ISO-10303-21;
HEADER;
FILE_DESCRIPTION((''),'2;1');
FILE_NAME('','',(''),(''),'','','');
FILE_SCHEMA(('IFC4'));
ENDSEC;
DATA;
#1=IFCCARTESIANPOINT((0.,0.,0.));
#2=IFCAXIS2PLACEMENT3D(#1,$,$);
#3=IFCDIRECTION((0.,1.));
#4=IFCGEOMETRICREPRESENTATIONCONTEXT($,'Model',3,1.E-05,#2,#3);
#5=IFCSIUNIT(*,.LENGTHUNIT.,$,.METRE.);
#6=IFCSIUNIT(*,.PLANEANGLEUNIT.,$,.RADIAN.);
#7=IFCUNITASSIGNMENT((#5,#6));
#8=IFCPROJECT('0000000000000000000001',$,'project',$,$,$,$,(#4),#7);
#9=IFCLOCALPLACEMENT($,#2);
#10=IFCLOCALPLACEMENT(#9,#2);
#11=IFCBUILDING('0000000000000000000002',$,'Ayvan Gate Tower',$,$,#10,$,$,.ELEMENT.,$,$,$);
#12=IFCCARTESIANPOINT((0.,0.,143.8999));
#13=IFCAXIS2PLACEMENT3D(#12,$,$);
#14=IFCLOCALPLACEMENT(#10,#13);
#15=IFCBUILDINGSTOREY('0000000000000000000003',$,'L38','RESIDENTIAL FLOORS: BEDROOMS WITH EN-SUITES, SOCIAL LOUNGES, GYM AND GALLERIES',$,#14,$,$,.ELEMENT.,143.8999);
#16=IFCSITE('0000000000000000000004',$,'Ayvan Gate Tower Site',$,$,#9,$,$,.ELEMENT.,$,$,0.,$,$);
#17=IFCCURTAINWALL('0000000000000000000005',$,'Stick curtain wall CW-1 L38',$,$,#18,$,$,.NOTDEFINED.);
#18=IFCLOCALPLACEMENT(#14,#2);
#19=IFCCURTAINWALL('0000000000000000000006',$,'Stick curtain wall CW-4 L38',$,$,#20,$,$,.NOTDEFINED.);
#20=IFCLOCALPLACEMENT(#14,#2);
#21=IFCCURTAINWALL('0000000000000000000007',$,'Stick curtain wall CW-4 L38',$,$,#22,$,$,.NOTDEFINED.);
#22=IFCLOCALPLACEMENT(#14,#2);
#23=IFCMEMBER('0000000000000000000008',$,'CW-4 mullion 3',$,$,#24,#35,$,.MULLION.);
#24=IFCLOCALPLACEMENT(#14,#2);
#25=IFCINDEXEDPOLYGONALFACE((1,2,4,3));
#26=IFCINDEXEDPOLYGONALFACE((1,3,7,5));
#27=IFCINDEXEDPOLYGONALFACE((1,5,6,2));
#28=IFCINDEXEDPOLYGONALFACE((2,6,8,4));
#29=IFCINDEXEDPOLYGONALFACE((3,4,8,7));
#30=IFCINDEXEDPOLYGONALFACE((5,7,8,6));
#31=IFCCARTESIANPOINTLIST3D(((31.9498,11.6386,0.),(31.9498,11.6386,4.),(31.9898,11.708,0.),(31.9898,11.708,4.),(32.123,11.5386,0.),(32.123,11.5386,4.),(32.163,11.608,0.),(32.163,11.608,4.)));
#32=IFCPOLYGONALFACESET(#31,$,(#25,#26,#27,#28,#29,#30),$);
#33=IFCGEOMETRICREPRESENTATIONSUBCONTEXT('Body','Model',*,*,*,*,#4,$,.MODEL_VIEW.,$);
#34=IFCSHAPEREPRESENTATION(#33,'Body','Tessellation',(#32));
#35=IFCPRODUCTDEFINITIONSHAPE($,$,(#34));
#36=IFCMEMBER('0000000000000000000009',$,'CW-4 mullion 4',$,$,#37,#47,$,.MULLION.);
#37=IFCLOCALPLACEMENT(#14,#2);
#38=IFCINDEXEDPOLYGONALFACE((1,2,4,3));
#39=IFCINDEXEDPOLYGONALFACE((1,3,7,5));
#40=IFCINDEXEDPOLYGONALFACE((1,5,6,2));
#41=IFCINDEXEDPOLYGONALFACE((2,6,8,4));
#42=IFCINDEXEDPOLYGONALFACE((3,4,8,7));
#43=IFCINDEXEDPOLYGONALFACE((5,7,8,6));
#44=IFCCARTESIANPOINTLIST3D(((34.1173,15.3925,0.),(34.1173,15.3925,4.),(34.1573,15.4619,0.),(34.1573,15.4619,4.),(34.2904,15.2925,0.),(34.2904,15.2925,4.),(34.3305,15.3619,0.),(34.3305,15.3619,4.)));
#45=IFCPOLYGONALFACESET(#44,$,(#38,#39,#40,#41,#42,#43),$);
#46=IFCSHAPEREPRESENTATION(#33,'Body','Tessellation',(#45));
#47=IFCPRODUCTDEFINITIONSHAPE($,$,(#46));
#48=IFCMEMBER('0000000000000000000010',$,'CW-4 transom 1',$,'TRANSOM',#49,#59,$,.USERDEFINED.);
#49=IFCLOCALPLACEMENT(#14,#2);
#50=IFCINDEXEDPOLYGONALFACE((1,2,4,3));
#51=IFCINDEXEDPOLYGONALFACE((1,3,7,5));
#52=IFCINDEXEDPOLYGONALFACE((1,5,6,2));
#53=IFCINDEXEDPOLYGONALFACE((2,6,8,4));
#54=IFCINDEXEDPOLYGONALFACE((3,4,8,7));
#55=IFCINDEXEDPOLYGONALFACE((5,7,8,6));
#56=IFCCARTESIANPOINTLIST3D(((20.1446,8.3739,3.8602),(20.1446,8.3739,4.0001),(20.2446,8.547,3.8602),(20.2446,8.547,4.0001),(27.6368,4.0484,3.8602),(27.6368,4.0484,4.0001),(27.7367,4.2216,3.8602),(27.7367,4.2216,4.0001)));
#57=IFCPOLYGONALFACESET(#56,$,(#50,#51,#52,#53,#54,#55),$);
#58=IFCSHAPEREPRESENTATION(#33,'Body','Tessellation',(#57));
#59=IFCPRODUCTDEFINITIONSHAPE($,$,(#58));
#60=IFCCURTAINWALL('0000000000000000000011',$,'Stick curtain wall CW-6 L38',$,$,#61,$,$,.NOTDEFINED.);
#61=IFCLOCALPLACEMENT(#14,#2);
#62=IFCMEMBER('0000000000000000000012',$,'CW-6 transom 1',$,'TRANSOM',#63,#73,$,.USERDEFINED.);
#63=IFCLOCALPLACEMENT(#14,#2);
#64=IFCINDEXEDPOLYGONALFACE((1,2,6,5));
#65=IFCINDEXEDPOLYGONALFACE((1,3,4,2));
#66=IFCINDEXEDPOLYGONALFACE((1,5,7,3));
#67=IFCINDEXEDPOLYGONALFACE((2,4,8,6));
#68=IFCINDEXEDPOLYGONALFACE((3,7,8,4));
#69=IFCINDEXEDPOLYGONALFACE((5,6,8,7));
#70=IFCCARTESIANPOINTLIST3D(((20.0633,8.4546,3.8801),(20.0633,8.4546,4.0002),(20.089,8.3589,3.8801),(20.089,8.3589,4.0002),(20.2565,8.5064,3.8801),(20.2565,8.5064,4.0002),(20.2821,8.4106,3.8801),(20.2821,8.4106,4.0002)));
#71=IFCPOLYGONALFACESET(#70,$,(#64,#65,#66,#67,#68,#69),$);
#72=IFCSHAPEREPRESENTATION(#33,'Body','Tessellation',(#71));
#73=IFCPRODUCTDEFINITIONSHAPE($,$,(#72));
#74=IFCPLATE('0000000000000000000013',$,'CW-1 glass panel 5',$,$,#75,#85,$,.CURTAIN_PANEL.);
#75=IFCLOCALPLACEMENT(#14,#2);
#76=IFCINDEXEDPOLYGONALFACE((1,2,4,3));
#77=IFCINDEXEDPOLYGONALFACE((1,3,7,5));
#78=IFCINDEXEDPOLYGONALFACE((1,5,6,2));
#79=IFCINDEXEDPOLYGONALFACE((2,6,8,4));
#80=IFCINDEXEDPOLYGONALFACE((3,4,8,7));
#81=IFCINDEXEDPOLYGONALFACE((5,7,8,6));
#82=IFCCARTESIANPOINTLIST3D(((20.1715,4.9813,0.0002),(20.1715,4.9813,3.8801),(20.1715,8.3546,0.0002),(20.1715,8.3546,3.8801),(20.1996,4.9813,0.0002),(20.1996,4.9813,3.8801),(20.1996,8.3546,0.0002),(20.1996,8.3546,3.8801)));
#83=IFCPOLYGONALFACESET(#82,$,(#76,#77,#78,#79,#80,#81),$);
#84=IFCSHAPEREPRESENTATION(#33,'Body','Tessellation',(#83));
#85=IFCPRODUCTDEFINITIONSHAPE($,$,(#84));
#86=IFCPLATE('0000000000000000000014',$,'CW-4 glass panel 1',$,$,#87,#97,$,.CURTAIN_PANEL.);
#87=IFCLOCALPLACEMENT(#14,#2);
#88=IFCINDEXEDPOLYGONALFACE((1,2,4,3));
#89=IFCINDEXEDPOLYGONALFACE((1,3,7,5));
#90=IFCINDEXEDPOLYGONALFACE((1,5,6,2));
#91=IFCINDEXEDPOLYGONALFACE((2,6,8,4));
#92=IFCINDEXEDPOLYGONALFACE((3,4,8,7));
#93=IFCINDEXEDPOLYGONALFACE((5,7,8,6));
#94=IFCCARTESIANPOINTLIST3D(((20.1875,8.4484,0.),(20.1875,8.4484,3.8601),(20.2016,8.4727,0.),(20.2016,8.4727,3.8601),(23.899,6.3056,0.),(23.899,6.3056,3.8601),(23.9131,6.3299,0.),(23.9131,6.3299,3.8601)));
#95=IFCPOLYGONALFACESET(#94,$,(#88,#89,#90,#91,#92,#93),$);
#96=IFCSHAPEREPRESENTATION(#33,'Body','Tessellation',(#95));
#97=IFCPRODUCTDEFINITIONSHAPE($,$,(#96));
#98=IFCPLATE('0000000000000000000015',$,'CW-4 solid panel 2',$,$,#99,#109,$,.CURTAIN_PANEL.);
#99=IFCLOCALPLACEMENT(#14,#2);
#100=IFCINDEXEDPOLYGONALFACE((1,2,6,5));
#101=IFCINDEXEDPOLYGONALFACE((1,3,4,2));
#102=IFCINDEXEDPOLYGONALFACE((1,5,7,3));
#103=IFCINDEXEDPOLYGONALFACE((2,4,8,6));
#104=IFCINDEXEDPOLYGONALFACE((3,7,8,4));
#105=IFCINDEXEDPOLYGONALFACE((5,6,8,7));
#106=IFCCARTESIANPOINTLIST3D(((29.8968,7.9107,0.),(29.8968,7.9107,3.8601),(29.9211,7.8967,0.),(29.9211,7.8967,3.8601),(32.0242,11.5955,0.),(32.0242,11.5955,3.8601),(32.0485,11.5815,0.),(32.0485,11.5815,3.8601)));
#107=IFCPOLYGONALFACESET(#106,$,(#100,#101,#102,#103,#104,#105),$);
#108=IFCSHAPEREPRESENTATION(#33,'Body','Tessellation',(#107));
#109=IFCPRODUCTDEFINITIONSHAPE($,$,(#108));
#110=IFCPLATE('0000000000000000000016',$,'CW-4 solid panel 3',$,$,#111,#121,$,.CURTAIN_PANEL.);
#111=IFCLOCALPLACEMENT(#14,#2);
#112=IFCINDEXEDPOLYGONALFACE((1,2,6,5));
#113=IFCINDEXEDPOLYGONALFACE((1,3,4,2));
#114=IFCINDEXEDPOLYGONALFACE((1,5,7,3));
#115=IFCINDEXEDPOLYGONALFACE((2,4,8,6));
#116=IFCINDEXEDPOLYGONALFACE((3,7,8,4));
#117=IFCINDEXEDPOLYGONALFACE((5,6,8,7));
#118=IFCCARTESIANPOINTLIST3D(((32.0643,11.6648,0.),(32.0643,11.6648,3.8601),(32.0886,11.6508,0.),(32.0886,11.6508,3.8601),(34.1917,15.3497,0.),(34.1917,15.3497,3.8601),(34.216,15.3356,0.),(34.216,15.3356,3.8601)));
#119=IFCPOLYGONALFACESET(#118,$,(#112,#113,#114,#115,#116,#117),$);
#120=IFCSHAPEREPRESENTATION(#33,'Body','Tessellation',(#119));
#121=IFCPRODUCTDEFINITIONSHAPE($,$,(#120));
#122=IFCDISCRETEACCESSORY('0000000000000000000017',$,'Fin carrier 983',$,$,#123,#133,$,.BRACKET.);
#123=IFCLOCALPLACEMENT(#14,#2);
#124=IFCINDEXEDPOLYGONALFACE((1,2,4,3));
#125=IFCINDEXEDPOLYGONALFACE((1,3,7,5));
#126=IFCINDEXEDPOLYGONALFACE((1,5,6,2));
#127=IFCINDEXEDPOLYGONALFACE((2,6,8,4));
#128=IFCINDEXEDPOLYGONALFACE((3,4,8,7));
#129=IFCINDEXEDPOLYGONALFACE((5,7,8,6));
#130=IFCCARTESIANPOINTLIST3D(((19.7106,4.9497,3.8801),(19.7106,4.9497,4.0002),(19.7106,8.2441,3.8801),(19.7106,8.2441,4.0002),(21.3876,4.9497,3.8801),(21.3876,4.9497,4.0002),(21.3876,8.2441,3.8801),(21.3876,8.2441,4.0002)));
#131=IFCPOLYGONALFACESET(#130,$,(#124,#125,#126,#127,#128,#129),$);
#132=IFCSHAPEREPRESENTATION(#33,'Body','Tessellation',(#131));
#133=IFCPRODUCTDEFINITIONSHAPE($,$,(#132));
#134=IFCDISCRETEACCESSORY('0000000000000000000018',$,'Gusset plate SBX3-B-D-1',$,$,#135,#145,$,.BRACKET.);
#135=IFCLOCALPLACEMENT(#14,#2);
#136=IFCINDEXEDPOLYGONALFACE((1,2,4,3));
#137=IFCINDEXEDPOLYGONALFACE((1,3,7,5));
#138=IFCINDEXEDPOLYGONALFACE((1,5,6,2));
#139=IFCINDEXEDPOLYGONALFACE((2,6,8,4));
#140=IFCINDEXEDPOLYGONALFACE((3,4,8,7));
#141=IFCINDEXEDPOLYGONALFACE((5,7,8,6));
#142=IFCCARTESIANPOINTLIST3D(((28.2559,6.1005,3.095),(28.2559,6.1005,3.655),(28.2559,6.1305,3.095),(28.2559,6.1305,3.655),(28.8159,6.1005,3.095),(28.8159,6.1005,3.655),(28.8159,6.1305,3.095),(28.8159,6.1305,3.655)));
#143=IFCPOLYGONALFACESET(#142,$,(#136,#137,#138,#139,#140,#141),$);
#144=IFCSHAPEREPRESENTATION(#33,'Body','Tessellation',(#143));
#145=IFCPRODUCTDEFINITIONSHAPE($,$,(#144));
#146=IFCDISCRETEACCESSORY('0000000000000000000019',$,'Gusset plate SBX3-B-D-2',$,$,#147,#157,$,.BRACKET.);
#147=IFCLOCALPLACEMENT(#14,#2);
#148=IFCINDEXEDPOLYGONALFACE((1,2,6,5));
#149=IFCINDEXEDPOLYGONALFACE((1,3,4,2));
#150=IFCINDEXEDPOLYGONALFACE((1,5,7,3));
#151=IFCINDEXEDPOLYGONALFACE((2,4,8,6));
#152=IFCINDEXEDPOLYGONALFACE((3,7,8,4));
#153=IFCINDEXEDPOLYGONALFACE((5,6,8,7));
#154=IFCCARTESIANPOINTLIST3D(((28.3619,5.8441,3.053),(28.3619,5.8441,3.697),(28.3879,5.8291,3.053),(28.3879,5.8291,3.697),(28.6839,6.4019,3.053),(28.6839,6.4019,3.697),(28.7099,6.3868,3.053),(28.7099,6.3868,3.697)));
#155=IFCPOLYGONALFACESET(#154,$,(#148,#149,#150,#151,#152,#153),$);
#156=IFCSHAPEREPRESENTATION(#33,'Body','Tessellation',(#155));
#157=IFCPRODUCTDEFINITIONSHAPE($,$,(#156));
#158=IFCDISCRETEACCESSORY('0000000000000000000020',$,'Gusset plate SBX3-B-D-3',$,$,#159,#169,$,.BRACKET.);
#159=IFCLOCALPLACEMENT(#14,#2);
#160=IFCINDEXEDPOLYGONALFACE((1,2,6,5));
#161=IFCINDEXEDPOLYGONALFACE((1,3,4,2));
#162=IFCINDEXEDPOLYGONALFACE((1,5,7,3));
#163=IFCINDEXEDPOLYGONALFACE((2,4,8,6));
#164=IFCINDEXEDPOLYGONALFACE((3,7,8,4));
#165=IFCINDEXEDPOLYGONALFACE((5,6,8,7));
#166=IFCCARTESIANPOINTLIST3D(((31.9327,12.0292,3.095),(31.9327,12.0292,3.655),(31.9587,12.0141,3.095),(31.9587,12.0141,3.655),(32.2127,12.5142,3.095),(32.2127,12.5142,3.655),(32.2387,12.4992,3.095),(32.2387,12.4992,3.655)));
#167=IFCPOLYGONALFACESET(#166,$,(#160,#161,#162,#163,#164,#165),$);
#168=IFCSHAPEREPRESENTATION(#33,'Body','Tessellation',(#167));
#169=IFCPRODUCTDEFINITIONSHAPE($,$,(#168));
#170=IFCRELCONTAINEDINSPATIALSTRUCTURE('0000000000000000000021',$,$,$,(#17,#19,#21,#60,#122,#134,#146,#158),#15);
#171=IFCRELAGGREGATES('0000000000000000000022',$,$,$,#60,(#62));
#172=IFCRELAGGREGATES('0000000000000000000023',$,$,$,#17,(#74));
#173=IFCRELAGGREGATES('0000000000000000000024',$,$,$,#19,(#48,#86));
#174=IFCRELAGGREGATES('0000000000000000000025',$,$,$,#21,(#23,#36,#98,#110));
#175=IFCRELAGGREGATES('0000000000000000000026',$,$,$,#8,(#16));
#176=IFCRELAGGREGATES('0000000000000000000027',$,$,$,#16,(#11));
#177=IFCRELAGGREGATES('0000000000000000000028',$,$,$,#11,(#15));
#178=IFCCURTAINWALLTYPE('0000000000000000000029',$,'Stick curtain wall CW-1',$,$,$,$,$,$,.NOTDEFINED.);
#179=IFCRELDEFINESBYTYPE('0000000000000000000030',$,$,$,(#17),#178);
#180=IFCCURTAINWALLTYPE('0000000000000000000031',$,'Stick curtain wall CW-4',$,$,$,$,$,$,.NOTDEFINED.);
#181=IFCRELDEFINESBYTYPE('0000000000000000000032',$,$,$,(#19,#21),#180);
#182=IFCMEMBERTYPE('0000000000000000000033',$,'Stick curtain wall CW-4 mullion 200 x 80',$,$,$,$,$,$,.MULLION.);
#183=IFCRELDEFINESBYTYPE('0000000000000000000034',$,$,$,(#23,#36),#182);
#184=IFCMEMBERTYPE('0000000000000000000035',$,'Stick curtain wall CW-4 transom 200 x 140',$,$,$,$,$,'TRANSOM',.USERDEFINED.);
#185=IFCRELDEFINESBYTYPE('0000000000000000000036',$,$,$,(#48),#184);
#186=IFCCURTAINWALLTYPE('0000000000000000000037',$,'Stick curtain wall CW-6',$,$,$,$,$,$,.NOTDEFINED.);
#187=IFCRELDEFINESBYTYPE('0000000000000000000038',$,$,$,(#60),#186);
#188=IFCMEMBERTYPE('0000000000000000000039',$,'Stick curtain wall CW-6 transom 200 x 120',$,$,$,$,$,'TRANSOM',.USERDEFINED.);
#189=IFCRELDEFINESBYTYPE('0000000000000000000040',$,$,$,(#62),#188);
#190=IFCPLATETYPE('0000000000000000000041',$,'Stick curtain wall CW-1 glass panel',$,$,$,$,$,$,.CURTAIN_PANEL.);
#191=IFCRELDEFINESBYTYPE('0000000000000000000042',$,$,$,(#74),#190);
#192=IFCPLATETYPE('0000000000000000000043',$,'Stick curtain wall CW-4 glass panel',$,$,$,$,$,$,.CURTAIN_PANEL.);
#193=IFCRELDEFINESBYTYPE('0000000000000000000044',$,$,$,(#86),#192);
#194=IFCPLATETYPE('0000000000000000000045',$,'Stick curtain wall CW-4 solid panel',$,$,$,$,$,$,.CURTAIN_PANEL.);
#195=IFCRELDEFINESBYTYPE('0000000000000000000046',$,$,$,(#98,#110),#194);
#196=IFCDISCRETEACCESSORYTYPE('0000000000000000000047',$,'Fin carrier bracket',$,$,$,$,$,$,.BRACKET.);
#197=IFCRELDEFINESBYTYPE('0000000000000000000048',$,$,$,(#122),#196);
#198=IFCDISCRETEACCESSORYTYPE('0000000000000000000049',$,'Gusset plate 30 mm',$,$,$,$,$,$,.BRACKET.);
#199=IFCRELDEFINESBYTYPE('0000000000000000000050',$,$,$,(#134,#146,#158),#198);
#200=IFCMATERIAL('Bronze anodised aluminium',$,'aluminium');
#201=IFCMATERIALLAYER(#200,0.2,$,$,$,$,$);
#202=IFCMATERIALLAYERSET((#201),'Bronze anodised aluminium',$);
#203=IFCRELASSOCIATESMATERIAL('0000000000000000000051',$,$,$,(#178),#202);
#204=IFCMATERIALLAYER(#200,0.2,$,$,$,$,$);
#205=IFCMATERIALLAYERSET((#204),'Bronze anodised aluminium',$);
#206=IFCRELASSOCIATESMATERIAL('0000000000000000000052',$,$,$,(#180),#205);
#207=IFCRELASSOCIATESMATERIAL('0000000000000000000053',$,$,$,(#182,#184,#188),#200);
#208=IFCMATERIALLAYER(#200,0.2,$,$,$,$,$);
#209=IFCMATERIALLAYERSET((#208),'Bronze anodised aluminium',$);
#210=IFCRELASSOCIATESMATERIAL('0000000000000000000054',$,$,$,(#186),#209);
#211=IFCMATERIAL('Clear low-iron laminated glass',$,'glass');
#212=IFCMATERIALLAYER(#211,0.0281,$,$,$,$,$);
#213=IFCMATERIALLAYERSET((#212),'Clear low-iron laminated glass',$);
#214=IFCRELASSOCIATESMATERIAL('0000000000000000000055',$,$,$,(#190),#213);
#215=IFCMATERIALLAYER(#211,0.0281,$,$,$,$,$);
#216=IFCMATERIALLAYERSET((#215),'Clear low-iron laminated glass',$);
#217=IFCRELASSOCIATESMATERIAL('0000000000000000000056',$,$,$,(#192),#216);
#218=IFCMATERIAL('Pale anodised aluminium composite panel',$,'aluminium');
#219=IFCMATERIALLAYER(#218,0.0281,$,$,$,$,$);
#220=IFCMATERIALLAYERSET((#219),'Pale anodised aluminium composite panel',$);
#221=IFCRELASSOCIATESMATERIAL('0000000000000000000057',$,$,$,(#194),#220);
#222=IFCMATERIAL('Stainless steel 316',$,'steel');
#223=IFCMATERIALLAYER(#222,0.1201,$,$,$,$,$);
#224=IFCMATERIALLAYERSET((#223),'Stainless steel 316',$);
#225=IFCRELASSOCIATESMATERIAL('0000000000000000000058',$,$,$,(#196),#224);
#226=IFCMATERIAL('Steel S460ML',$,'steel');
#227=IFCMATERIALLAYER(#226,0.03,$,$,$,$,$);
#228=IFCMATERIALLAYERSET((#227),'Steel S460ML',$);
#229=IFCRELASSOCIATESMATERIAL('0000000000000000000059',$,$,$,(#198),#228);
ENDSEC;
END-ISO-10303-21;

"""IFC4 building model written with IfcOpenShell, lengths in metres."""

from ifc_helpers import new_model, si_unit, direction, frame, origin, origin_2d, place, context, subcontext, project, spatial, rectangle, extrude, material, layer, layer_set, material_profile, profile_set, type_object, element, aggregate, save


model = new_model("IFC4")

# Units and contexts
model_context = context("Model", 3, precision=1e-05, world=origin(), true_north=direction((0.0, 1.0)))
body_context = subcontext(model_context, "Body", "Model", "MODEL_VIEW")
ifc_project = project(units=[si_unit("LENGTHUNIT", "METRE"), si_unit("PLANEANGLEUNIT", "RADIAN")], contexts=[model_context])

# Site, building, storey
site_placement = place(None, origin())
site = spatial("IfcSite", under=ifc_project, at=site_placement, Name="Ayvan Gate Tower Site", CompositionType="ELEMENT", RefElevation=0.0)
building_placement = place(site_placement, origin())
building = spatial("IfcBuilding", under=site, at=building_placement, Name="Ayvan Gate Tower", CompositionType="ELEMENT")
storey_placement = place(building_placement, frame((0.0, 0.0, 143.8999)))
storey = spatial("IfcBuildingStorey", under=building, at=storey_placement, Name="L38", Description="RESIDENTIAL FLOORS: BEDROOMS WITH EN-SUITES, SOCIAL LOUNGES, GYM AND GALLERIES", CompositionType="ELEMENT", Elevation=143.8999)

# Shared definitions
ifc_material_1 = material(Name="Steel S460ML", Category="steel")

# Curtain wall
ifc_material_2 = material(Name="Bronze anodised aluminium", Category="aluminium")
ifc_layer_1 = layer(ifc_material_2, 0.2)
ifc_layer_set_1 = layer_set([ifc_layer_1], Name="Bronze anodised aluminium")
curtain_wall_type_1 = type_object("IfcCurtainWallType", Name="Stick curtain wall CW-1", PredefinedType="NOTDEFINED", material=ifc_layer_set_1)
curtain_wall_1_placement = place(storey_placement, origin())
curtain_wall_1 = element("IfcCurtainWall", 1, at=curtain_wall_1_placement, inside=storey, type_object=curtain_wall_type_1, Name="Stick curtain wall CW-1 L38", PredefinedType="NOTDEFINED")

# Curtain walls, members
ifc_layer_2 = layer(ifc_material_2, 0.2)
ifc_layer_set_2 = layer_set([ifc_layer_2], Name="Bronze anodised aluminium")
curtain_wall_type_2 = type_object("IfcCurtainWallType", Name="Stick curtain wall CW-4", PredefinedType="NOTDEFINED", material=ifc_layer_set_2)
curtain_wall_2_placement = place(storey_placement, origin())
curtain_wall_2 = element("IfcCurtainWall", 2, at=curtain_wall_2_placement, inside=storey, type_object=curtain_wall_type_2, Name="Stick curtain wall CW-4 L38", PredefinedType="NOTDEFINED")
ifc_material_profile_1 = material_profile(ifc_material_2, rectangle(XDim=0.2, YDim=0.0801, at=origin_2d()), Name="Stick curtain wall CW-4 mullion 200 x 80")
ifc_profile_set_1 = profile_set([ifc_material_profile_1], Name="Bronze anodised aluminium")
member_type_1 = type_object("IfcMemberType", Name="Stick curtain wall CW-4 mullion 200 x 80", PredefinedType="MULLION", material=ifc_profile_set_1)
curtain_wall_3_placement = place(storey_placement, origin())
curtain_wall_3 = element("IfcCurtainWall", 3, at=curtain_wall_3_placement, inside=storey, type_object=curtain_wall_type_2, Name="Stick curtain wall CW-4 L38", PredefinedType="NOTDEFINED")
member_1_placement = place(storey_placement, frame((32.0564, 11.6233, 0.0), z_axis=(0.0, 0.0, 1.0), x_axis=(0.866025, -0.5, 0.0)))
member_1 = element("IfcMember", 4, at=member_1_placement, type_object=member_type_1, Name="CW-4 mullion 3", PredefinedType="MULLION", context=body_context, shape_type="SweptSolid", body=[
    extrude(rectangle(XDim=0.2, YDim=0.0801, at=origin_2d()), origin(), (0.0, 0.0, 1.0), 4.0),
])
member_2_placement = place(storey_placement, frame((34.2239, 15.3772, 0.0), z_axis=(0.0, 0.0, 1.0), x_axis=(0.866025, -0.5, 0.0)))
member_2 = element("IfcMember", 5, at=member_2_placement, type_object=member_type_1, Name="CW-4 mullion 4", PredefinedType="MULLION", context=body_context, shape_type="SweptSolid", body=[
    extrude(rectangle(XDim=0.2, YDim=0.0801, at=origin_2d()), origin(), (0.0, 0.0, 1.0), 4.0),
])

# Member
ifc_material_profile_2 = material_profile(ifc_material_2, rectangle(XDim=0.2, YDim=0.1399, at=origin_2d()), Name="Stick curtain wall CW-4 transom 200 x 140")
ifc_profile_set_2 = profile_set([ifc_material_profile_2], Name="Bronze anodised aluminium")
member_type_2 = type_object("IfcMemberType", Name="Stick curtain wall CW-4 transom 200 x 140", ElementType="TRANSOM", PredefinedType="USERDEFINED", material=ifc_profile_set_2)
member_3_placement = place(storey_placement, frame((20.1946, 8.4604, 3.9302), z_axis=(0.866034, -0.499985, 0.0), x_axis=(0.499985, 0.866034, 0.0)))
member_3 = element("IfcMember", 6, at=member_3_placement, type_object=member_type_2, Name="CW-4 transom 1", ObjectType="TRANSOM", PredefinedType="USERDEFINED", context=body_context, shape_type="SweptSolid", body=[
    extrude(rectangle(XDim=0.2, YDim=0.1399, at=origin_2d()), origin(), (0.0, 0.0, 1.0), 8.6511),
])

# Curtain wall, member
ifc_layer_3 = layer(ifc_material_2, 0.2)
ifc_layer_set_3 = layer_set([ifc_layer_3], Name="Bronze anodised aluminium")
curtain_wall_type_3 = type_object("IfcCurtainWallType", Name="Stick curtain wall CW-6", PredefinedType="NOTDEFINED", material=ifc_layer_set_3)
curtain_wall_4_placement = place(storey_placement, origin())
curtain_wall_4 = element("IfcCurtainWall", 7, at=curtain_wall_4_placement, inside=storey, type_object=curtain_wall_type_3, Name="Stick curtain wall CW-6 L38", PredefinedType="NOTDEFINED")
ifc_material_profile_3 = material_profile(ifc_material_2, rectangle(XDim=0.2, YDim=0.1201, at=origin_2d()), Name="Stick curtain wall CW-6 transom 200 x 120")
ifc_profile_set_3 = profile_set([ifc_material_profile_3], Name="Bronze anodised aluminium")
member_type_3 = type_object("IfcMemberType", Name="Stick curtain wall CW-6 transom 200 x 120", ElementType="TRANSOM", PredefinedType="USERDEFINED", material=ifc_profile_set_3)
member_4_placement = place(storey_placement, frame((20.1855, 8.3848, 3.9402), z_axis=(-0.258736, 0.965948, 0.0), x_axis=(-0.965948, -0.258736, 0.0)))
member_4 = element("IfcMember", 8, at=member_4_placement, type_object=member_type_3, Name="CW-6 transom 1", ObjectType="TRANSOM", PredefinedType="USERDEFINED", context=body_context, shape_type="SweptSolid", body=[
    extrude(rectangle(XDim=0.2, YDim=0.1201, at=origin_2d()), origin(), (0.0, 0.0, 1.0), 0.0991),
])
aggregate(curtain_wall_4, [member_4])

# Plates
ifc_material_3 = material(Name="Clear low-iron laminated glass", Category="glass")
ifc_layer_4 = layer(ifc_material_3, 0.0281)
ifc_layer_set_4 = layer_set([ifc_layer_4], Name="Clear low-iron laminated glass")
plate_type_1 = type_object("IfcPlateType", Name="Stick curtain wall CW-1 glass panel", PredefinedType="CURTAIN_PANEL", material=ifc_layer_set_4)
plate_1_placement = place(storey_placement, frame((20.1855, 6.668, 0.0002), z_axis=(0.0, 0.0, 1.0), x_axis=(0.0, 1.0, 0.0)))
plate_1 = element("IfcPlate", 9, at=plate_1_placement, type_object=plate_type_1, Name="CW-1 glass panel 5", PredefinedType="CURTAIN_PANEL", context=body_context, shape_type="SweptSolid", body=[
    extrude(rectangle(XDim=3.3733, YDim=0.0281, at=origin_2d()), origin(), (0.0, 0.0, 1.0), 3.8799),
])
aggregate(curtain_wall_1, [plate_1])
ifc_layer_5 = layer(ifc_material_3, 0.0281)
ifc_layer_set_5 = layer_set([ifc_layer_5], Name="Clear low-iron laminated glass")
plate_type_2 = type_object("IfcPlateType", Name="Stick curtain wall CW-4 glass panel", PredefinedType="CURTAIN_PANEL", material=ifc_layer_set_5)
plate_2_placement = place(storey_placement, frame((22.0503, 7.3892, 0.0), z_axis=(0.0, 0.0, 1.0), x_axis=(0.866025, -0.5, 0.0)))
plate_2 = element("IfcPlate", 10, at=plate_2_placement, type_object=plate_type_2, Name="CW-4 glass panel 1", PredefinedType="CURTAIN_PANEL", context=body_context, shape_type="SweptSolid", body=[
    extrude(rectangle(XDim=4.2856, YDim=0.0281, at=origin_2d()), origin(), (0.0, 0.0, 1.0), 3.8601),
])
aggregate(curtain_wall_2, [member_3, plate_2])
ifc_material_4 = material(Name="Pale anodised aluminium composite panel", Category="aluminium")
ifc_layer_6 = layer(ifc_material_4, 0.0281)
ifc_layer_set_6 = layer_set([ifc_layer_6], Name="Pale anodised aluminium composite panel")
plate_type_3 = type_object("IfcPlateType", Name="Stick curtain wall CW-4 solid panel", PredefinedType="CURTAIN_PANEL", material=ifc_layer_set_6)
plate_3_placement = place(storey_placement, frame((30.9727, 9.7461, 0.0), z_axis=(0.0, 0.0, 1.0), x_axis=(0.5, 0.866025, 0.0)))
plate_3 = element("IfcPlate", 11, at=plate_3_placement, type_object=plate_type_3, Name="CW-4 solid panel 2", PredefinedType="CURTAIN_PANEL", context=body_context, shape_type="SweptSolid", body=[
    extrude(rectangle(XDim=4.2549, YDim=0.0281, at=origin_2d()), origin(), (0.0, 0.0, 1.0), 3.8601),
])
plate_4_placement = place(storey_placement, frame((33.1401, 13.5002, 0.0), z_axis=(0.0, 0.0, 1.0), x_axis=(0.5, 0.866025, 0.0)))
plate_4 = element("IfcPlate", 12, at=plate_4_placement, type_object=plate_type_3, Name="CW-4 solid panel 3", PredefinedType="CURTAIN_PANEL", context=body_context, shape_type="SweptSolid", body=[
    extrude(rectangle(XDim=4.2549, YDim=0.0281, at=origin_2d()), origin(), (0.0, 0.0, 1.0), 3.8601),
])
aggregate(curtain_wall_3, [member_1, member_2, plate_3, plate_4])

# Discrete accessories
ifc_material_5 = material(Name="Stainless steel 316", Category="steel")
ifc_layer_7 = layer(ifc_material_5, 0.1201)
ifc_layer_set_7 = layer_set([ifc_layer_7], Name="Stainless steel 316")
discrete_accessory_type_1 = type_object("IfcDiscreteAccessoryType", Name="Fin carrier bracket", PredefinedType="BRACKET", material=ifc_layer_set_7)
discrete_accessory_1_placement = place(storey_placement, frame((20.5491, 6.5969, 3.8801), z_axis=(0.0, 0.0, 1.0), x_axis=(0.0, 1.0, 0.0)))
element("IfcDiscreteAccessory", 13, at=discrete_accessory_1_placement, inside=storey, type_object=discrete_accessory_type_1, Name="Fin carrier 983", PredefinedType="BRACKET", context=body_context, shape_type="SweptSolid", body=[
    extrude(rectangle(XDim=3.2944, YDim=1.677, at=origin_2d()), origin(), (0.0, 0.0, 1.0), 0.1201),
])
ifc_layer_8 = layer(ifc_material_1, 0.03)
ifc_layer_set_8 = layer_set([ifc_layer_8], Name="Steel S460ML")
discrete_accessory_type_2 = type_object("IfcDiscreteAccessoryType", Name="Gusset plate 30 mm", PredefinedType="BRACKET", material=ifc_layer_set_8)
discrete_accessory_2_placement = place(storey_placement, frame((28.5359, 6.1155, 3.095), z_axis=(0.0, 0.0, 1.0), x_axis=(1.0, 0.0, 0.0)))
element("IfcDiscreteAccessory", 14, at=discrete_accessory_2_placement, inside=storey, type_object=discrete_accessory_type_2, Name="Gusset plate SBX3-B-D-1", PredefinedType="BRACKET", context=body_context, shape_type="SweptSolid", body=[
    extrude(rectangle(XDim=0.5601, YDim=0.03, at=origin_2d()), origin(), (0.0, 0.0, 1.0), 0.5601),
])
discrete_accessory_3_placement = place(storey_placement, frame((28.5359, 6.1155, 3.053), z_axis=(0.0, 0.0, 1.0), x_axis=(0.5, 0.866025, 0.0)))
element("IfcDiscreteAccessory", 15, at=discrete_accessory_3_placement, inside=storey, type_object=discrete_accessory_type_2, Name="Gusset plate SBX3-B-D-2", PredefinedType="BRACKET", context=body_context, shape_type="SweptSolid", body=[
    extrude(rectangle(XDim=0.644, YDim=0.03, at=origin_2d()), origin(), (0.0, 0.0, 1.0), 0.644),
])
discrete_accessory_4_placement = place(storey_placement, frame((32.0857, 12.2642, 3.095), z_axis=(0.0, 0.0, 1.0), x_axis=(0.5, 0.866025, 0.0)))
element("IfcDiscreteAccessory", 16, at=discrete_accessory_4_placement, inside=storey, type_object=discrete_accessory_type_2, Name="Gusset plate SBX3-B-D-3", PredefinedType="BRACKET", context=body_context, shape_type="SweptSolid", body=[
    extrude(rectangle(XDim=0.5601, YDim=0.03, at=origin_2d()), origin(), (0.0, 0.0, 1.0), 0.5601),
])

save(model, "model.ifc")
